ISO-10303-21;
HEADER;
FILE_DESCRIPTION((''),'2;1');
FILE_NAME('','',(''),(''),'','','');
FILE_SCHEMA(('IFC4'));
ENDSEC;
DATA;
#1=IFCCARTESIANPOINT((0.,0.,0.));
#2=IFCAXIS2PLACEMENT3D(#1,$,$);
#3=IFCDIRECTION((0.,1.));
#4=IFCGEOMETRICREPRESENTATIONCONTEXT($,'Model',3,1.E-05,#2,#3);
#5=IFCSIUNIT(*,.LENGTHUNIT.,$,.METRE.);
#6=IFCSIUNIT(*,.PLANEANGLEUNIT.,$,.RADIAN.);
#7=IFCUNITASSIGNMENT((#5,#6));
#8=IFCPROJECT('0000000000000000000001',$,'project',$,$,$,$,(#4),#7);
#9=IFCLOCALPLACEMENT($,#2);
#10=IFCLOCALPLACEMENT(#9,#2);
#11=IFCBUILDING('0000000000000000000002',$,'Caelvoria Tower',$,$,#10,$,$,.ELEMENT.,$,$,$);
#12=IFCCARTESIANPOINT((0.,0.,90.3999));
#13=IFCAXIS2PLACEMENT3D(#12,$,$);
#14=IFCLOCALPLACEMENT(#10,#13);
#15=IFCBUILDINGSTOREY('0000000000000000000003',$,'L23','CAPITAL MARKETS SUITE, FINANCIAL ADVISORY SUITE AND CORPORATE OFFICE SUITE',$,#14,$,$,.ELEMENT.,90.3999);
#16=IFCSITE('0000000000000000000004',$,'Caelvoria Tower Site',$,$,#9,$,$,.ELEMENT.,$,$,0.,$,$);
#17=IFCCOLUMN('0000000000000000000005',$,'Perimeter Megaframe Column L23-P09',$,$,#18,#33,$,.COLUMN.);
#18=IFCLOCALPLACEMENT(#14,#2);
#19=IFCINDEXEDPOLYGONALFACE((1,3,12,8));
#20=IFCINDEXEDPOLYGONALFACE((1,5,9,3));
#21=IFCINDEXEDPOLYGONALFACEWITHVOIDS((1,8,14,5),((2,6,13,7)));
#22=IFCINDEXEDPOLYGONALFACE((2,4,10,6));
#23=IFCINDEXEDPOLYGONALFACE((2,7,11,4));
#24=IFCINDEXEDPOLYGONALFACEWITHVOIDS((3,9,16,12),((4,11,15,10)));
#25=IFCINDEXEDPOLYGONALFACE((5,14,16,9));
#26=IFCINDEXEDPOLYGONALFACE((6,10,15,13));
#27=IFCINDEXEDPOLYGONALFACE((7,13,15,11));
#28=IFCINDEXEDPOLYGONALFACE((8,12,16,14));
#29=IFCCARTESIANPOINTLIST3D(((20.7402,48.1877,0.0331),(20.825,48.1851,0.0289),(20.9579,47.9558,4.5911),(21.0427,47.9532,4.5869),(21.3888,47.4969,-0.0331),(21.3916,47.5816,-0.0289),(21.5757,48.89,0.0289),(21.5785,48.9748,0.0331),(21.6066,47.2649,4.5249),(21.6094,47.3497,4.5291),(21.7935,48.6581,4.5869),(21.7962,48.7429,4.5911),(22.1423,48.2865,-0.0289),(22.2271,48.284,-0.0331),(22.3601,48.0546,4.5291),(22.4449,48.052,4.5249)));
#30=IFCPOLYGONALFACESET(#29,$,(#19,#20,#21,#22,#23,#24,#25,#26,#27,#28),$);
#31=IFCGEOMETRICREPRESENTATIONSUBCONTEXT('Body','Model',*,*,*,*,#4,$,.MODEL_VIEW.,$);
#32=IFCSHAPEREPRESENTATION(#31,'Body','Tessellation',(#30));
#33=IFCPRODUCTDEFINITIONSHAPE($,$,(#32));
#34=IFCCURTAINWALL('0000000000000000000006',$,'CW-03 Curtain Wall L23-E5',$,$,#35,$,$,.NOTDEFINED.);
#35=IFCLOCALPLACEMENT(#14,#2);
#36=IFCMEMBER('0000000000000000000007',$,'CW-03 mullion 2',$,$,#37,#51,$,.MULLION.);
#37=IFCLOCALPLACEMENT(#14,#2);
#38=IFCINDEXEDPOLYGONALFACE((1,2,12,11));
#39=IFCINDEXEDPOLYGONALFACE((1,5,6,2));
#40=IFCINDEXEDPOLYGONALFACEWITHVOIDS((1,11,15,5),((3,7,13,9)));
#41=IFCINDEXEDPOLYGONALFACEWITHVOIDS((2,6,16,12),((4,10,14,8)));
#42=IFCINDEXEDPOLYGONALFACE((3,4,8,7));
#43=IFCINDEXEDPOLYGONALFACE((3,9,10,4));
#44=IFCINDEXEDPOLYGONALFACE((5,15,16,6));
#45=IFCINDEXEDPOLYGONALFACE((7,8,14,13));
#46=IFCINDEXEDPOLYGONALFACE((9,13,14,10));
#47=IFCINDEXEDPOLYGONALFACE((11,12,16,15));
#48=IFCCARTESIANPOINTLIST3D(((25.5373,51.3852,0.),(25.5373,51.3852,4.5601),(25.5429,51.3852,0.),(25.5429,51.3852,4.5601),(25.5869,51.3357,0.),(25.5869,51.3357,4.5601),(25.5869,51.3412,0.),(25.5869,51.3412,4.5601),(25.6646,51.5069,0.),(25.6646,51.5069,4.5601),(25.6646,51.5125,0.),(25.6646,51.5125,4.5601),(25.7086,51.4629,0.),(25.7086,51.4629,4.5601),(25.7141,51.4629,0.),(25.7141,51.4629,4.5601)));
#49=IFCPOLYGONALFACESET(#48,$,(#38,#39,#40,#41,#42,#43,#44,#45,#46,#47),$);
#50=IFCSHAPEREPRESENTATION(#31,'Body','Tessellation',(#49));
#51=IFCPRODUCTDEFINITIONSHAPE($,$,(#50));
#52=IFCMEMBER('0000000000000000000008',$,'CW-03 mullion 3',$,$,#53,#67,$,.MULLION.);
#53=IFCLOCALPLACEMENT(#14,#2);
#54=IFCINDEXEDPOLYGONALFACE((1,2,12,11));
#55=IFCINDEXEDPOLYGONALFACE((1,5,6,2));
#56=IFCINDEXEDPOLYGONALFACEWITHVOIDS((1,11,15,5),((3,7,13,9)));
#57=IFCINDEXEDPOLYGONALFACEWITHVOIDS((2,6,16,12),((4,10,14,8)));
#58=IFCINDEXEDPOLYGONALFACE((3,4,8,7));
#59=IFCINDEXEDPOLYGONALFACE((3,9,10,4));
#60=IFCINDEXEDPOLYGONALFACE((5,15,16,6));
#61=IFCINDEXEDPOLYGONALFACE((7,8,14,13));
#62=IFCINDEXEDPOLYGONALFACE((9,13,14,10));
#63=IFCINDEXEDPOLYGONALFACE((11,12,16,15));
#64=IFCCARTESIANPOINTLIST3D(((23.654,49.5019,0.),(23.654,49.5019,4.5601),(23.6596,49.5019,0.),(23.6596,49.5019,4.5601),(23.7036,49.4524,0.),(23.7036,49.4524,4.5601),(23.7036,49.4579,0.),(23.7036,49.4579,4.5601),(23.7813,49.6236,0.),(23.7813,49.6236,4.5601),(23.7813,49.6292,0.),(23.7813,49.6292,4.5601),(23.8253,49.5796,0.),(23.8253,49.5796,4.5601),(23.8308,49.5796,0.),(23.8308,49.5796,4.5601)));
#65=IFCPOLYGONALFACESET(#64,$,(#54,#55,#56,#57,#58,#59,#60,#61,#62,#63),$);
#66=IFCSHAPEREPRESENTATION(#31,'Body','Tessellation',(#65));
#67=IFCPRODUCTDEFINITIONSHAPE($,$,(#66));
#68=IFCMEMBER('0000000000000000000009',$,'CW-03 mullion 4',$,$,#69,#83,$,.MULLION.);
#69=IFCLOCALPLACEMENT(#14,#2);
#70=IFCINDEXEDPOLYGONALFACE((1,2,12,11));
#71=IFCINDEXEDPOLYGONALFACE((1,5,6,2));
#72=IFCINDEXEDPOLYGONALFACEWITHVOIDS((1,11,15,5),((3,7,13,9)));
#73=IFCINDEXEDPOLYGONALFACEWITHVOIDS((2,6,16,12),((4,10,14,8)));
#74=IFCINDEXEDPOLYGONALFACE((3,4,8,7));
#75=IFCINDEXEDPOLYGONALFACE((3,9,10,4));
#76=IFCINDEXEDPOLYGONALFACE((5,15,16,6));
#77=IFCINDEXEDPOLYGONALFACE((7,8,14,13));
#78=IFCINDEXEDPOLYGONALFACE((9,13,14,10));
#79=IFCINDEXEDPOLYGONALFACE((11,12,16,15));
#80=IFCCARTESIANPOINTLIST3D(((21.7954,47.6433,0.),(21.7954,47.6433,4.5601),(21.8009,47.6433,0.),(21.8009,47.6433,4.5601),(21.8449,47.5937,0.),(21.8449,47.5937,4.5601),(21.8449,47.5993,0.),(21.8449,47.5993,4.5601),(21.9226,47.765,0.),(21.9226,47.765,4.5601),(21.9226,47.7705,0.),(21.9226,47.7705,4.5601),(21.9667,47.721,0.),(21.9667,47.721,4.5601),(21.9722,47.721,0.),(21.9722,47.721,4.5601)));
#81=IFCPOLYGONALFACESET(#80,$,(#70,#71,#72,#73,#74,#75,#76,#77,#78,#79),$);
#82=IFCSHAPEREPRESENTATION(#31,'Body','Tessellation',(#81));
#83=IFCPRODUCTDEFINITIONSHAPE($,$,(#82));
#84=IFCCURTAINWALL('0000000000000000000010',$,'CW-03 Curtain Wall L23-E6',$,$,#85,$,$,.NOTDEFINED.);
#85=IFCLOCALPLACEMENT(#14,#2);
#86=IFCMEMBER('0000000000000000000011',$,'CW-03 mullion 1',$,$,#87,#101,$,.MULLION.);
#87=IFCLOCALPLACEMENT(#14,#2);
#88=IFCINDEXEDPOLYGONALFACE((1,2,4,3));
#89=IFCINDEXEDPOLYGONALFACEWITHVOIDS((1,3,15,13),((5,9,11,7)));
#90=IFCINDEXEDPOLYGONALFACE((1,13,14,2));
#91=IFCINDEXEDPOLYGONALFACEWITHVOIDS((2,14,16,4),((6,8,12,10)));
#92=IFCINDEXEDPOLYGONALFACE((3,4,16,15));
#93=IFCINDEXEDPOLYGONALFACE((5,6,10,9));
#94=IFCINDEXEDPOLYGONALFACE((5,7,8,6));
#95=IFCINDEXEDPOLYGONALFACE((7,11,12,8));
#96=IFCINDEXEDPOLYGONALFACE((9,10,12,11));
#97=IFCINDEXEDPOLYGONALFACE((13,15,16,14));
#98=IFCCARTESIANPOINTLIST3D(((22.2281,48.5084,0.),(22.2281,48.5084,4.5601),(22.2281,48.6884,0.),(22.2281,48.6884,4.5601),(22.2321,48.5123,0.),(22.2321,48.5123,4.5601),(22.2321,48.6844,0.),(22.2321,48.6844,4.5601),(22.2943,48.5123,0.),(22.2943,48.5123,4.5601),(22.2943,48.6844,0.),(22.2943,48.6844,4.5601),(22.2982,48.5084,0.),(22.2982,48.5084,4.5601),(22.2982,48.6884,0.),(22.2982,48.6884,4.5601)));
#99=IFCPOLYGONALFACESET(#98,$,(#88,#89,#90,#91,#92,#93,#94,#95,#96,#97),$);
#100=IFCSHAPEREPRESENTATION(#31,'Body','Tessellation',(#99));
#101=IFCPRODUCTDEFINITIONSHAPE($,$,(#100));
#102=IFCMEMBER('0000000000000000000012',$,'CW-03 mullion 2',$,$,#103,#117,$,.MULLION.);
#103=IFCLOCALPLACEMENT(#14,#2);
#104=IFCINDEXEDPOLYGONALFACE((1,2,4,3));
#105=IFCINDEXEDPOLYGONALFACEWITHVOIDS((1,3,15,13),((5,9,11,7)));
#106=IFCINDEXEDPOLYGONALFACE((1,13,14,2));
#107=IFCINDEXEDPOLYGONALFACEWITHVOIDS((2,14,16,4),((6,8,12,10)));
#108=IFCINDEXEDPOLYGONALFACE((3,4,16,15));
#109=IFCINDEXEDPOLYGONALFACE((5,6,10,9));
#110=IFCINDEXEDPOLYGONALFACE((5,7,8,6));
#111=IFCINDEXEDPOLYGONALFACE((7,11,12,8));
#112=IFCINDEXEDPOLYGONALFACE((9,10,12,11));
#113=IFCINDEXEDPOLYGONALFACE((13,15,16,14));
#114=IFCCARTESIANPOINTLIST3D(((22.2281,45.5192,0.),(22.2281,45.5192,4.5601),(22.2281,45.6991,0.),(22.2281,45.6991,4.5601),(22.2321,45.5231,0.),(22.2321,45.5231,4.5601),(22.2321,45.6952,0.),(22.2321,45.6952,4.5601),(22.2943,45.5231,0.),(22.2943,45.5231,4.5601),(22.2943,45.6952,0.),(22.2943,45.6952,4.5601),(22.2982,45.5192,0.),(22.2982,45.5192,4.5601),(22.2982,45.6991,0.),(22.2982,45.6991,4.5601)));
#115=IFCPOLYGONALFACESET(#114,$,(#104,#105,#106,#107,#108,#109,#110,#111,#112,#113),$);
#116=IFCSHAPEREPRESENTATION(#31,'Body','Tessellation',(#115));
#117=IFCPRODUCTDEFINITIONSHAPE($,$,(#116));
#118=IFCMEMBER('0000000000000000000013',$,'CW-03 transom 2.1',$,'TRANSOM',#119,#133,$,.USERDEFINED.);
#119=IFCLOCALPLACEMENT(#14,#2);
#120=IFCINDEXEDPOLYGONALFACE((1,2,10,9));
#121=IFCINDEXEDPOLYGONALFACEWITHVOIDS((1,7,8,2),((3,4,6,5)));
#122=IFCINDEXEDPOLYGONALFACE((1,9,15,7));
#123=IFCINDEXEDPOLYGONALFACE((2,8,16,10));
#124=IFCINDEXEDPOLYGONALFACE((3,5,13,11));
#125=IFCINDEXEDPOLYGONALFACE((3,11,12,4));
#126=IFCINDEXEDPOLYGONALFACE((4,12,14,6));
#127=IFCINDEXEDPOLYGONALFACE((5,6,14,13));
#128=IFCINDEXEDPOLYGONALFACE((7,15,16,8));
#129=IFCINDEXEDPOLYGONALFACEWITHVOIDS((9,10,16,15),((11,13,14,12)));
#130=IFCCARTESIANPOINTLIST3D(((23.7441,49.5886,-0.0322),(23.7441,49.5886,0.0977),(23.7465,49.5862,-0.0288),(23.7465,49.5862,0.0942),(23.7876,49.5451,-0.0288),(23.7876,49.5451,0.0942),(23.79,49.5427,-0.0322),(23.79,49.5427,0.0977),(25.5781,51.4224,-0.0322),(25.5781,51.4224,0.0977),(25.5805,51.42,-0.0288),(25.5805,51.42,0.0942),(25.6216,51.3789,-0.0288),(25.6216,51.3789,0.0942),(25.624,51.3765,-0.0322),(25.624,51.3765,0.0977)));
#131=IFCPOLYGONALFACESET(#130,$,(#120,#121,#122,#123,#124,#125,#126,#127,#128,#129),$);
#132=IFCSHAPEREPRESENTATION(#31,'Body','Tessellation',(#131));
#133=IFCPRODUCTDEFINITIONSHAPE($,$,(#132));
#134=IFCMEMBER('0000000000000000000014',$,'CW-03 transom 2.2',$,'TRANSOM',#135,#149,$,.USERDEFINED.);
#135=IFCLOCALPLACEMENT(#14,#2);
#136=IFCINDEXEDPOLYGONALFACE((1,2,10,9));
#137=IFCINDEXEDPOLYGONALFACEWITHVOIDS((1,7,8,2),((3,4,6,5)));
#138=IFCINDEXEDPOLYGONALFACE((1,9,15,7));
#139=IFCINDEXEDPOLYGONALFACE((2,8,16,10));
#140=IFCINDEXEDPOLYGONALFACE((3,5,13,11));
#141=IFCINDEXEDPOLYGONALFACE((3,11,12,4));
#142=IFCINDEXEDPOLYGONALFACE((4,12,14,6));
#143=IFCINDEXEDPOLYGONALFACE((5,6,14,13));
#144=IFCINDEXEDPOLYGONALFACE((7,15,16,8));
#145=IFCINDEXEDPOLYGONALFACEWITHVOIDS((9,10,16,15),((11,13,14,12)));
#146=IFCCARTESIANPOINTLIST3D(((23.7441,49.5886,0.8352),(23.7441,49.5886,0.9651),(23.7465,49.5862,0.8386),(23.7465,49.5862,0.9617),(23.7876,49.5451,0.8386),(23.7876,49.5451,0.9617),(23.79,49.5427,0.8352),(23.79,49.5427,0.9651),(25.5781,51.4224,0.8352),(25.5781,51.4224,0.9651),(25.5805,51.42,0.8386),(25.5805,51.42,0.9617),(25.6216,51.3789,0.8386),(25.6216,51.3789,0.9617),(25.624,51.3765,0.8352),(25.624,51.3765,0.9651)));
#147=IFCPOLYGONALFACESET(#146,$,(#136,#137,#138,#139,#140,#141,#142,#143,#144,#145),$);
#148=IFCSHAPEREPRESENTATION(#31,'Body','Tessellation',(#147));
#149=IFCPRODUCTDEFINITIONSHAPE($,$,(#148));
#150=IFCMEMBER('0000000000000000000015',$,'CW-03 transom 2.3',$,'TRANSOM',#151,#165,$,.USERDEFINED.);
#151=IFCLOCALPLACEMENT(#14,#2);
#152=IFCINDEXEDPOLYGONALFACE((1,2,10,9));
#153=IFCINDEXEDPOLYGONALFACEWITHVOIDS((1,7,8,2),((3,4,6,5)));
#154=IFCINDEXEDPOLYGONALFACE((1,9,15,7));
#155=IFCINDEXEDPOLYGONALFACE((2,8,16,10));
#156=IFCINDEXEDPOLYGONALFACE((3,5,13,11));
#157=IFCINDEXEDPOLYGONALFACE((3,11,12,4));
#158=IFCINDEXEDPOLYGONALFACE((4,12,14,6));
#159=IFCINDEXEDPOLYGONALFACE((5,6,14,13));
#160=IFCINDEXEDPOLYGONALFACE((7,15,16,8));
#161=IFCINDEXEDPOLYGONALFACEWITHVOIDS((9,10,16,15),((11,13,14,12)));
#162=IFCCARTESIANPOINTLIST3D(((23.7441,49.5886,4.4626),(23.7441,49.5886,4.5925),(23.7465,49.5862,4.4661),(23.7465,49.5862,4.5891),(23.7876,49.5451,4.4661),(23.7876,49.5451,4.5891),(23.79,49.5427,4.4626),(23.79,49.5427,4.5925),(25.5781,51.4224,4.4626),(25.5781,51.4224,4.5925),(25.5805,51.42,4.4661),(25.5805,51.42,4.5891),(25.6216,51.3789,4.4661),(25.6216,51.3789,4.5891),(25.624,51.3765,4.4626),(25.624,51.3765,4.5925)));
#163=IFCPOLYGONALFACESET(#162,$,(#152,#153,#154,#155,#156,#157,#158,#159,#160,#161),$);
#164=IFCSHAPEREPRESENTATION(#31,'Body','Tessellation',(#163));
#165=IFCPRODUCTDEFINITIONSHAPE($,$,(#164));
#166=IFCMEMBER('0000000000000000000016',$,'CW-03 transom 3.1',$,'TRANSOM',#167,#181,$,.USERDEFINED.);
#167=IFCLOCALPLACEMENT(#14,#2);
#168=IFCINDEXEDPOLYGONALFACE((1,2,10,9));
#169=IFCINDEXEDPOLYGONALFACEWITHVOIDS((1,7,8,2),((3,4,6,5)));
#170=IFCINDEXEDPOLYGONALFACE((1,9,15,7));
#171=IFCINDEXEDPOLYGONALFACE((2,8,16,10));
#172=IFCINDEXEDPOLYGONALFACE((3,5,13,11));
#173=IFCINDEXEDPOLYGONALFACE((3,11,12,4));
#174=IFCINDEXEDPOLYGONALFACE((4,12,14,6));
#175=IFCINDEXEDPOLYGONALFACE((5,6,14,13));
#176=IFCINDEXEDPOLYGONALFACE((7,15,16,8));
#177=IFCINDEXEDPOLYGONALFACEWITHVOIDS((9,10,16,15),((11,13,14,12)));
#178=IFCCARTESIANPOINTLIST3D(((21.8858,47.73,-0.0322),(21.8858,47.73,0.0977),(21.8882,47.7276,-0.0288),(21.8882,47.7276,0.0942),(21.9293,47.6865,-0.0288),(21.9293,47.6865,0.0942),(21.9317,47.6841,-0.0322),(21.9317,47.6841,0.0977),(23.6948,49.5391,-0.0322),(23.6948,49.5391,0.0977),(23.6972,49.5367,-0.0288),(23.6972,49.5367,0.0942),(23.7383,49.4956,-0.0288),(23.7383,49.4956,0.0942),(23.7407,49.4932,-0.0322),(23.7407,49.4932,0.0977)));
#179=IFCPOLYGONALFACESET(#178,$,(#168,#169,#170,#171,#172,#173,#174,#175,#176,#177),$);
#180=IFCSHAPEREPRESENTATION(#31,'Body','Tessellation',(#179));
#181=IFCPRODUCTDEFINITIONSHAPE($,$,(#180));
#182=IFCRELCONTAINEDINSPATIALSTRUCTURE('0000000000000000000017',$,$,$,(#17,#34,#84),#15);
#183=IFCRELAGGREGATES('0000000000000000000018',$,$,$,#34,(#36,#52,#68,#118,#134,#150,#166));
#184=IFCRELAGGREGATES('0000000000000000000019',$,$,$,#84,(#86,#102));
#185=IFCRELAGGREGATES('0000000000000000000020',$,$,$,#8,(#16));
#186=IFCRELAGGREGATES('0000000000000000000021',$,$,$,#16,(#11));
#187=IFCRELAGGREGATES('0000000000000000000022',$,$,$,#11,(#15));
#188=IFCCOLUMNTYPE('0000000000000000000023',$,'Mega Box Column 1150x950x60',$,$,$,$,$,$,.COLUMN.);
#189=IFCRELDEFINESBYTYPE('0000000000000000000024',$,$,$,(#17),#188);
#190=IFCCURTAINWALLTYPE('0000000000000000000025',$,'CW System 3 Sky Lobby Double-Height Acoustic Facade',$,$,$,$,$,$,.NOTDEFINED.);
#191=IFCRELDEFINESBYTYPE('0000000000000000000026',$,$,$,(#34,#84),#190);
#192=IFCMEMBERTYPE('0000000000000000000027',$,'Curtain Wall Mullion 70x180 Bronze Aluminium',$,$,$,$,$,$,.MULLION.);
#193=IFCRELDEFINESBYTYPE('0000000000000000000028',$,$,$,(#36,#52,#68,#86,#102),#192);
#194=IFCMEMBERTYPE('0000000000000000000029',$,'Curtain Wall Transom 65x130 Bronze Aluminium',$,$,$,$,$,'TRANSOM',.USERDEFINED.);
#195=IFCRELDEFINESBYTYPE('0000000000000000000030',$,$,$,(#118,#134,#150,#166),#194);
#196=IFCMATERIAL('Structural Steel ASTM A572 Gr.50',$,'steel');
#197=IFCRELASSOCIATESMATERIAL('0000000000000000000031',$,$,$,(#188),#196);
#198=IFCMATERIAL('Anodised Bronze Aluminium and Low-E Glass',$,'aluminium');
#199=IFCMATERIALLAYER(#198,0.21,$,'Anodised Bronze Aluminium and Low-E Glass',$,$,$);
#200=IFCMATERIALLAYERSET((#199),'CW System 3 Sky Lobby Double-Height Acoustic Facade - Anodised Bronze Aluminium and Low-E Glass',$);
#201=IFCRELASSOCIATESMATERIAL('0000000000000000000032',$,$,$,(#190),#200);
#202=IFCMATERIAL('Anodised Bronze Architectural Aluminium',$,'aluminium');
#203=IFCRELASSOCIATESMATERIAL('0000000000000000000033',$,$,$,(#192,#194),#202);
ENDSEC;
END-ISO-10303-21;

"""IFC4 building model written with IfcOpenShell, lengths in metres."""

from ifc_helpers import new_model, si_unit, direction, frame, origin, origin_2d, place, context, subcontext, project, spatial, hollow_rectangle, extrude, material, layer, layer_set, material_profile, profile_set, type_object, element, aggregate, save


model = new_model("IFC4")

# Units and contexts
model_context = context("Model", 3, precision=1e-05, world=origin(), true_north=direction((0.0, 1.0)))
body_context = subcontext(model_context, "Body", "Model", "MODEL_VIEW")
ifc_project = project(units=[si_unit("LENGTHUNIT", "METRE"), si_unit("PLANEANGLEUNIT", "RADIAN")], contexts=[model_context])

# Site, building, storey
site_placement = place(None, origin())
site = spatial("IfcSite", under=ifc_project, at=site_placement, Name="Caelvoria Tower Site", CompositionType="ELEMENT", RefElevation=0.0)
building_placement = place(site_placement, origin())
building = spatial("IfcBuilding", under=site, at=building_placement, Name="Caelvoria Tower", CompositionType="ELEMENT")
storey_placement = place(building_placement, frame((0.0, 0.0, 90.3999)))
storey = spatial("IfcBuildingStorey", under=building, at=storey_placement, Name="L23", Description="CAPITAL MARKETS SUITE, FINANCIAL ADVISORY SUITE AND CORPORATE OFFICE SUITE", CompositionType="ELEMENT", Elevation=90.3999)

# Column
ifc_material_1 = material(Name="Structural Steel ASTM A572 Gr.50", Category="steel")
ifc_material_profile_1 = material_profile(ifc_material_1, hollow_rectangle(XDim=0.95, YDim=1.1499, WallThickness=0.0601, at=origin_2d()), Name="Structural Steel ASTM A572 Gr.50")
ifc_profile_set_1 = profile_set([ifc_material_profile_1], Name="BOX1150X950X60 - Structural Steel ASTM A572 Gr.50")
column_type = type_object("IfcColumnType", Name="Mega Box Column 1150x950x60", PredefinedType="COLUMN", material=ifc_profile_set_1)
column_placement = place(storey_placement, frame((21.4836, 48.2358, 0.0), z_axis=(0.047661, -0.05076, 0.997573), x_axis=(-0.682841, 0.727241, 0.069629)))
element("IfcColumn", 1, at=column_placement, inside=storey, type_object=column_type, Name="Perimeter Megaframe Column L23-P09", PredefinedType="COLUMN", context=body_context, shape_type="SweptSolid", body=[
    extrude(hollow_rectangle(XDim=0.95, YDim=1.1499, WallThickness=0.0601, at=origin_2d()), origin(), (0.0, 0.0, 1.0), 4.5691),
])

# Curtain walls, members
ifc_material_2 = material(Name="Anodised Bronze Aluminium and Low-E Glass", Category="aluminium")
ifc_layer_1 = layer(ifc_material_2, 0.21, Name="Anodised Bronze Aluminium and Low-E Glass")
ifc_layer_set_1 = layer_set([ifc_layer_1], Name="CW System 3 Sky Lobby Double-Height Acoustic Facade - Anodised Bronze Aluminium and Low-E Glass")
curtain_wall_type = type_object("IfcCurtainWallType", Name="CW System 3 Sky Lobby Double-Height Acoustic Facade", PredefinedType="NOTDEFINED", material=ifc_layer_set_1)
curtain_wall_1_placement = place(storey_placement, origin())
curtain_wall_1 = element("IfcCurtainWall", 2, at=curtain_wall_1_placement, inside=storey, type_object=curtain_wall_type, Name="CW-03 Curtain Wall L23-E5", PredefinedType="NOTDEFINED")
ifc_material_3 = material(Name="Anodised Bronze Architectural Aluminium", Category="aluminium")
ifc_material_profile_2 = material_profile(ifc_material_3, hollow_rectangle(XDim=0.0701, YDim=0.1799, WallThickness=0.0039, at=origin_2d()), Name="Anodised Bronze Architectural Aluminium")
ifc_profile_set_2 = profile_set([ifc_material_profile_2], Name="CW_MULL_70X180 - Anodised Bronze Architectural Aluminium")
member_type_1 = type_object("IfcMemberType", Name="Curtain Wall Mullion 70x180 Bronze Aluminium", PredefinedType="MULLION", material=ifc_profile_set_2)
member_1_placement = place(storey_placement, frame((25.6257, 51.4241, 0.0), z_axis=(0.0, 0.0, 1.0), x_axis=(0.707107, -0.707107, 0.0)))
member_1 = element("IfcMember", 3, at=member_1_placement, type_object=member_type_1, Name="CW-03 mullion 2", PredefinedType="MULLION", context=body_context, shape_type="SweptSolid", body=[
    extrude(hollow_rectangle(XDim=0.0701, YDim=0.1799, WallThickness=0.0039, at=origin_2d()), origin(), (0.0, 0.0, 1.0), 4.5601),
])
member_2_placement = place(storey_placement, frame((23.7424, 49.5408, 0.0), z_axis=(0.0, 0.0, 1.0), x_axis=(0.707107, -0.707107, 0.0)))
member_2 = element("IfcMember", 4, at=member_2_placement, type_object=member_type_1, Name="CW-03 mullion 3", PredefinedType="MULLION", context=body_context, shape_type="SweptSolid", body=[
    extrude(hollow_rectangle(XDim=0.0701, YDim=0.1799, WallThickness=0.0039, at=origin_2d()), origin(), (0.0, 0.0, 1.0), 4.5601),
])
member_3_placement = place(storey_placement, frame((21.8838, 47.6821, 0.0), z_axis=(0.0, 0.0, 1.0), x_axis=(0.707107, -0.707107, 0.0)))
member_3 = element("IfcMember", 5, at=member_3_placement, type_object=member_type_1, Name="CW-03 mullion 4", PredefinedType="MULLION", context=body_context, shape_type="SweptSolid", body=[
    extrude(hollow_rectangle(XDim=0.0701, YDim=0.1799, WallThickness=0.0039, at=origin_2d()), origin(), (0.0, 0.0, 1.0), 4.5601),
])
curtain_wall_2_placement = place(storey_placement, origin())
curtain_wall_2 = element("IfcCurtainWall", 6, at=curtain_wall_2_placement, inside=storey, type_object=curtain_wall_type, Name="CW-03 Curtain Wall L23-E6", PredefinedType="NOTDEFINED")
member_4_placement = place(storey_placement, frame((22.2632, 48.5984, 0.0), z_axis=(0.0, 0.0, 1.0), x_axis=(1.0, 0.0, 0.0)))
member_4 = element("IfcMember", 7, at=member_4_placement, type_object=member_type_1, Name="CW-03 mullion 1", PredefinedType="MULLION", context=body_context, shape_type="SweptSolid", body=[
    extrude(hollow_rectangle(XDim=0.0701, YDim=0.1799, WallThickness=0.0039, at=origin_2d()), origin(), (0.0, 0.0, 1.0), 4.5601),
])
member_5_placement = place(storey_placement, frame((22.2632, 45.6091, 0.0), z_axis=(0.0, 0.0, 1.0), x_axis=(1.0, 0.0, 0.0)))
member_5 = element("IfcMember", 8, at=member_5_placement, type_object=member_type_1, Name="CW-03 mullion 2", PredefinedType="MULLION", context=body_context, shape_type="SweptSolid", body=[
    extrude(hollow_rectangle(XDim=0.0701, YDim=0.1799, WallThickness=0.0039, at=origin_2d()), origin(), (0.0, 0.0, 1.0), 4.5601),
])

# Members
ifc_material_profile_3 = material_profile(ifc_material_3, hollow_rectangle(XDim=0.0649, YDim=0.1299, WallThickness=0.0034, at=origin_2d()), Name="Anodised Bronze Architectural Aluminium")
ifc_profile_set_3 = profile_set([ifc_material_profile_3], Name="CW_TRAN_65X130 - Anodised Bronze Architectural Aluminium")
member_type_2 = type_object("IfcMemberType", Name="Curtain Wall Transom 65x130 Bronze Aluminium", ElementType="TRANSOM", PredefinedType="USERDEFINED", material=ifc_profile_set_3)
member_6_placement = place(storey_placement, frame((25.6011, 51.3994, 0.0327), z_axis=(-0.707154, -0.70706, 0.0), x_axis=(0.70706, -0.707154, 0.0)))
member_6 = element("IfcMember", 9, at=member_6_placement, type_object=member_type_2, Name="CW-03 transom 2.1", ObjectType="TRANSOM", PredefinedType="USERDEFINED", context=body_context, shape_type="SweptSolid", body=[
    extrude(hollow_rectangle(XDim=0.0649, YDim=0.1299, WallThickness=0.0034, at=origin_2d()), origin(), (0.0, 0.0, 1.0), 2.5935),
])
member_7_placement = place(storey_placement, frame((25.6011, 51.3994, 0.9001), z_axis=(-0.707154, -0.70706, 0.0), x_axis=(0.70706, -0.707154, 0.0)))
member_7 = element("IfcMember", 10, at=member_7_placement, type_object=member_type_2, Name="CW-03 transom 2.2", ObjectType="TRANSOM", PredefinedType="USERDEFINED", context=body_context, shape_type="SweptSolid", body=[
    extrude(hollow_rectangle(XDim=0.0649, YDim=0.1299, WallThickness=0.0034, at=origin_2d()), origin(), (0.0, 0.0, 1.0), 2.5935),
])
member_8_placement = place(storey_placement, frame((25.6011, 51.3994, 4.5276), z_axis=(-0.707154, -0.70706, 0.0), x_axis=(0.70706, -0.707154, 0.0)))
member_8 = element("IfcMember", 11, at=member_8_placement, type_object=member_type_2, Name="CW-03 transom 2.3", ObjectType="TRANSOM", PredefinedType="USERDEFINED", context=body_context, shape_type="SweptSolid", body=[
    extrude(hollow_rectangle(XDim=0.0649, YDim=0.1299, WallThickness=0.0034, at=origin_2d()), origin(), (0.0, 0.0, 1.0), 2.5935),
])
member_9_placement = place(storey_placement, frame((23.7178, 49.5161, 0.0327), z_axis=(-0.707107, -0.707107, 0.0), x_axis=(0.707107, -0.707107, 0.0)))
member_9 = element("IfcMember", 12, at=member_9_placement, type_object=member_type_2, Name="CW-03 transom 3.1", ObjectType="TRANSOM", PredefinedType="USERDEFINED", context=body_context, shape_type="SweptSolid", body=[
    extrude(hollow_rectangle(XDim=0.0649, YDim=0.1299, WallThickness=0.0034, at=origin_2d()), origin(), (0.0, 0.0, 1.0), 2.5583),
])

aggregate(curtain_wall_1, [member_1, member_2, member_3, member_6, member_7, member_8, member_9])
aggregate(curtain_wall_2, [member_4, member_5])

save(model, "model.ifc")
